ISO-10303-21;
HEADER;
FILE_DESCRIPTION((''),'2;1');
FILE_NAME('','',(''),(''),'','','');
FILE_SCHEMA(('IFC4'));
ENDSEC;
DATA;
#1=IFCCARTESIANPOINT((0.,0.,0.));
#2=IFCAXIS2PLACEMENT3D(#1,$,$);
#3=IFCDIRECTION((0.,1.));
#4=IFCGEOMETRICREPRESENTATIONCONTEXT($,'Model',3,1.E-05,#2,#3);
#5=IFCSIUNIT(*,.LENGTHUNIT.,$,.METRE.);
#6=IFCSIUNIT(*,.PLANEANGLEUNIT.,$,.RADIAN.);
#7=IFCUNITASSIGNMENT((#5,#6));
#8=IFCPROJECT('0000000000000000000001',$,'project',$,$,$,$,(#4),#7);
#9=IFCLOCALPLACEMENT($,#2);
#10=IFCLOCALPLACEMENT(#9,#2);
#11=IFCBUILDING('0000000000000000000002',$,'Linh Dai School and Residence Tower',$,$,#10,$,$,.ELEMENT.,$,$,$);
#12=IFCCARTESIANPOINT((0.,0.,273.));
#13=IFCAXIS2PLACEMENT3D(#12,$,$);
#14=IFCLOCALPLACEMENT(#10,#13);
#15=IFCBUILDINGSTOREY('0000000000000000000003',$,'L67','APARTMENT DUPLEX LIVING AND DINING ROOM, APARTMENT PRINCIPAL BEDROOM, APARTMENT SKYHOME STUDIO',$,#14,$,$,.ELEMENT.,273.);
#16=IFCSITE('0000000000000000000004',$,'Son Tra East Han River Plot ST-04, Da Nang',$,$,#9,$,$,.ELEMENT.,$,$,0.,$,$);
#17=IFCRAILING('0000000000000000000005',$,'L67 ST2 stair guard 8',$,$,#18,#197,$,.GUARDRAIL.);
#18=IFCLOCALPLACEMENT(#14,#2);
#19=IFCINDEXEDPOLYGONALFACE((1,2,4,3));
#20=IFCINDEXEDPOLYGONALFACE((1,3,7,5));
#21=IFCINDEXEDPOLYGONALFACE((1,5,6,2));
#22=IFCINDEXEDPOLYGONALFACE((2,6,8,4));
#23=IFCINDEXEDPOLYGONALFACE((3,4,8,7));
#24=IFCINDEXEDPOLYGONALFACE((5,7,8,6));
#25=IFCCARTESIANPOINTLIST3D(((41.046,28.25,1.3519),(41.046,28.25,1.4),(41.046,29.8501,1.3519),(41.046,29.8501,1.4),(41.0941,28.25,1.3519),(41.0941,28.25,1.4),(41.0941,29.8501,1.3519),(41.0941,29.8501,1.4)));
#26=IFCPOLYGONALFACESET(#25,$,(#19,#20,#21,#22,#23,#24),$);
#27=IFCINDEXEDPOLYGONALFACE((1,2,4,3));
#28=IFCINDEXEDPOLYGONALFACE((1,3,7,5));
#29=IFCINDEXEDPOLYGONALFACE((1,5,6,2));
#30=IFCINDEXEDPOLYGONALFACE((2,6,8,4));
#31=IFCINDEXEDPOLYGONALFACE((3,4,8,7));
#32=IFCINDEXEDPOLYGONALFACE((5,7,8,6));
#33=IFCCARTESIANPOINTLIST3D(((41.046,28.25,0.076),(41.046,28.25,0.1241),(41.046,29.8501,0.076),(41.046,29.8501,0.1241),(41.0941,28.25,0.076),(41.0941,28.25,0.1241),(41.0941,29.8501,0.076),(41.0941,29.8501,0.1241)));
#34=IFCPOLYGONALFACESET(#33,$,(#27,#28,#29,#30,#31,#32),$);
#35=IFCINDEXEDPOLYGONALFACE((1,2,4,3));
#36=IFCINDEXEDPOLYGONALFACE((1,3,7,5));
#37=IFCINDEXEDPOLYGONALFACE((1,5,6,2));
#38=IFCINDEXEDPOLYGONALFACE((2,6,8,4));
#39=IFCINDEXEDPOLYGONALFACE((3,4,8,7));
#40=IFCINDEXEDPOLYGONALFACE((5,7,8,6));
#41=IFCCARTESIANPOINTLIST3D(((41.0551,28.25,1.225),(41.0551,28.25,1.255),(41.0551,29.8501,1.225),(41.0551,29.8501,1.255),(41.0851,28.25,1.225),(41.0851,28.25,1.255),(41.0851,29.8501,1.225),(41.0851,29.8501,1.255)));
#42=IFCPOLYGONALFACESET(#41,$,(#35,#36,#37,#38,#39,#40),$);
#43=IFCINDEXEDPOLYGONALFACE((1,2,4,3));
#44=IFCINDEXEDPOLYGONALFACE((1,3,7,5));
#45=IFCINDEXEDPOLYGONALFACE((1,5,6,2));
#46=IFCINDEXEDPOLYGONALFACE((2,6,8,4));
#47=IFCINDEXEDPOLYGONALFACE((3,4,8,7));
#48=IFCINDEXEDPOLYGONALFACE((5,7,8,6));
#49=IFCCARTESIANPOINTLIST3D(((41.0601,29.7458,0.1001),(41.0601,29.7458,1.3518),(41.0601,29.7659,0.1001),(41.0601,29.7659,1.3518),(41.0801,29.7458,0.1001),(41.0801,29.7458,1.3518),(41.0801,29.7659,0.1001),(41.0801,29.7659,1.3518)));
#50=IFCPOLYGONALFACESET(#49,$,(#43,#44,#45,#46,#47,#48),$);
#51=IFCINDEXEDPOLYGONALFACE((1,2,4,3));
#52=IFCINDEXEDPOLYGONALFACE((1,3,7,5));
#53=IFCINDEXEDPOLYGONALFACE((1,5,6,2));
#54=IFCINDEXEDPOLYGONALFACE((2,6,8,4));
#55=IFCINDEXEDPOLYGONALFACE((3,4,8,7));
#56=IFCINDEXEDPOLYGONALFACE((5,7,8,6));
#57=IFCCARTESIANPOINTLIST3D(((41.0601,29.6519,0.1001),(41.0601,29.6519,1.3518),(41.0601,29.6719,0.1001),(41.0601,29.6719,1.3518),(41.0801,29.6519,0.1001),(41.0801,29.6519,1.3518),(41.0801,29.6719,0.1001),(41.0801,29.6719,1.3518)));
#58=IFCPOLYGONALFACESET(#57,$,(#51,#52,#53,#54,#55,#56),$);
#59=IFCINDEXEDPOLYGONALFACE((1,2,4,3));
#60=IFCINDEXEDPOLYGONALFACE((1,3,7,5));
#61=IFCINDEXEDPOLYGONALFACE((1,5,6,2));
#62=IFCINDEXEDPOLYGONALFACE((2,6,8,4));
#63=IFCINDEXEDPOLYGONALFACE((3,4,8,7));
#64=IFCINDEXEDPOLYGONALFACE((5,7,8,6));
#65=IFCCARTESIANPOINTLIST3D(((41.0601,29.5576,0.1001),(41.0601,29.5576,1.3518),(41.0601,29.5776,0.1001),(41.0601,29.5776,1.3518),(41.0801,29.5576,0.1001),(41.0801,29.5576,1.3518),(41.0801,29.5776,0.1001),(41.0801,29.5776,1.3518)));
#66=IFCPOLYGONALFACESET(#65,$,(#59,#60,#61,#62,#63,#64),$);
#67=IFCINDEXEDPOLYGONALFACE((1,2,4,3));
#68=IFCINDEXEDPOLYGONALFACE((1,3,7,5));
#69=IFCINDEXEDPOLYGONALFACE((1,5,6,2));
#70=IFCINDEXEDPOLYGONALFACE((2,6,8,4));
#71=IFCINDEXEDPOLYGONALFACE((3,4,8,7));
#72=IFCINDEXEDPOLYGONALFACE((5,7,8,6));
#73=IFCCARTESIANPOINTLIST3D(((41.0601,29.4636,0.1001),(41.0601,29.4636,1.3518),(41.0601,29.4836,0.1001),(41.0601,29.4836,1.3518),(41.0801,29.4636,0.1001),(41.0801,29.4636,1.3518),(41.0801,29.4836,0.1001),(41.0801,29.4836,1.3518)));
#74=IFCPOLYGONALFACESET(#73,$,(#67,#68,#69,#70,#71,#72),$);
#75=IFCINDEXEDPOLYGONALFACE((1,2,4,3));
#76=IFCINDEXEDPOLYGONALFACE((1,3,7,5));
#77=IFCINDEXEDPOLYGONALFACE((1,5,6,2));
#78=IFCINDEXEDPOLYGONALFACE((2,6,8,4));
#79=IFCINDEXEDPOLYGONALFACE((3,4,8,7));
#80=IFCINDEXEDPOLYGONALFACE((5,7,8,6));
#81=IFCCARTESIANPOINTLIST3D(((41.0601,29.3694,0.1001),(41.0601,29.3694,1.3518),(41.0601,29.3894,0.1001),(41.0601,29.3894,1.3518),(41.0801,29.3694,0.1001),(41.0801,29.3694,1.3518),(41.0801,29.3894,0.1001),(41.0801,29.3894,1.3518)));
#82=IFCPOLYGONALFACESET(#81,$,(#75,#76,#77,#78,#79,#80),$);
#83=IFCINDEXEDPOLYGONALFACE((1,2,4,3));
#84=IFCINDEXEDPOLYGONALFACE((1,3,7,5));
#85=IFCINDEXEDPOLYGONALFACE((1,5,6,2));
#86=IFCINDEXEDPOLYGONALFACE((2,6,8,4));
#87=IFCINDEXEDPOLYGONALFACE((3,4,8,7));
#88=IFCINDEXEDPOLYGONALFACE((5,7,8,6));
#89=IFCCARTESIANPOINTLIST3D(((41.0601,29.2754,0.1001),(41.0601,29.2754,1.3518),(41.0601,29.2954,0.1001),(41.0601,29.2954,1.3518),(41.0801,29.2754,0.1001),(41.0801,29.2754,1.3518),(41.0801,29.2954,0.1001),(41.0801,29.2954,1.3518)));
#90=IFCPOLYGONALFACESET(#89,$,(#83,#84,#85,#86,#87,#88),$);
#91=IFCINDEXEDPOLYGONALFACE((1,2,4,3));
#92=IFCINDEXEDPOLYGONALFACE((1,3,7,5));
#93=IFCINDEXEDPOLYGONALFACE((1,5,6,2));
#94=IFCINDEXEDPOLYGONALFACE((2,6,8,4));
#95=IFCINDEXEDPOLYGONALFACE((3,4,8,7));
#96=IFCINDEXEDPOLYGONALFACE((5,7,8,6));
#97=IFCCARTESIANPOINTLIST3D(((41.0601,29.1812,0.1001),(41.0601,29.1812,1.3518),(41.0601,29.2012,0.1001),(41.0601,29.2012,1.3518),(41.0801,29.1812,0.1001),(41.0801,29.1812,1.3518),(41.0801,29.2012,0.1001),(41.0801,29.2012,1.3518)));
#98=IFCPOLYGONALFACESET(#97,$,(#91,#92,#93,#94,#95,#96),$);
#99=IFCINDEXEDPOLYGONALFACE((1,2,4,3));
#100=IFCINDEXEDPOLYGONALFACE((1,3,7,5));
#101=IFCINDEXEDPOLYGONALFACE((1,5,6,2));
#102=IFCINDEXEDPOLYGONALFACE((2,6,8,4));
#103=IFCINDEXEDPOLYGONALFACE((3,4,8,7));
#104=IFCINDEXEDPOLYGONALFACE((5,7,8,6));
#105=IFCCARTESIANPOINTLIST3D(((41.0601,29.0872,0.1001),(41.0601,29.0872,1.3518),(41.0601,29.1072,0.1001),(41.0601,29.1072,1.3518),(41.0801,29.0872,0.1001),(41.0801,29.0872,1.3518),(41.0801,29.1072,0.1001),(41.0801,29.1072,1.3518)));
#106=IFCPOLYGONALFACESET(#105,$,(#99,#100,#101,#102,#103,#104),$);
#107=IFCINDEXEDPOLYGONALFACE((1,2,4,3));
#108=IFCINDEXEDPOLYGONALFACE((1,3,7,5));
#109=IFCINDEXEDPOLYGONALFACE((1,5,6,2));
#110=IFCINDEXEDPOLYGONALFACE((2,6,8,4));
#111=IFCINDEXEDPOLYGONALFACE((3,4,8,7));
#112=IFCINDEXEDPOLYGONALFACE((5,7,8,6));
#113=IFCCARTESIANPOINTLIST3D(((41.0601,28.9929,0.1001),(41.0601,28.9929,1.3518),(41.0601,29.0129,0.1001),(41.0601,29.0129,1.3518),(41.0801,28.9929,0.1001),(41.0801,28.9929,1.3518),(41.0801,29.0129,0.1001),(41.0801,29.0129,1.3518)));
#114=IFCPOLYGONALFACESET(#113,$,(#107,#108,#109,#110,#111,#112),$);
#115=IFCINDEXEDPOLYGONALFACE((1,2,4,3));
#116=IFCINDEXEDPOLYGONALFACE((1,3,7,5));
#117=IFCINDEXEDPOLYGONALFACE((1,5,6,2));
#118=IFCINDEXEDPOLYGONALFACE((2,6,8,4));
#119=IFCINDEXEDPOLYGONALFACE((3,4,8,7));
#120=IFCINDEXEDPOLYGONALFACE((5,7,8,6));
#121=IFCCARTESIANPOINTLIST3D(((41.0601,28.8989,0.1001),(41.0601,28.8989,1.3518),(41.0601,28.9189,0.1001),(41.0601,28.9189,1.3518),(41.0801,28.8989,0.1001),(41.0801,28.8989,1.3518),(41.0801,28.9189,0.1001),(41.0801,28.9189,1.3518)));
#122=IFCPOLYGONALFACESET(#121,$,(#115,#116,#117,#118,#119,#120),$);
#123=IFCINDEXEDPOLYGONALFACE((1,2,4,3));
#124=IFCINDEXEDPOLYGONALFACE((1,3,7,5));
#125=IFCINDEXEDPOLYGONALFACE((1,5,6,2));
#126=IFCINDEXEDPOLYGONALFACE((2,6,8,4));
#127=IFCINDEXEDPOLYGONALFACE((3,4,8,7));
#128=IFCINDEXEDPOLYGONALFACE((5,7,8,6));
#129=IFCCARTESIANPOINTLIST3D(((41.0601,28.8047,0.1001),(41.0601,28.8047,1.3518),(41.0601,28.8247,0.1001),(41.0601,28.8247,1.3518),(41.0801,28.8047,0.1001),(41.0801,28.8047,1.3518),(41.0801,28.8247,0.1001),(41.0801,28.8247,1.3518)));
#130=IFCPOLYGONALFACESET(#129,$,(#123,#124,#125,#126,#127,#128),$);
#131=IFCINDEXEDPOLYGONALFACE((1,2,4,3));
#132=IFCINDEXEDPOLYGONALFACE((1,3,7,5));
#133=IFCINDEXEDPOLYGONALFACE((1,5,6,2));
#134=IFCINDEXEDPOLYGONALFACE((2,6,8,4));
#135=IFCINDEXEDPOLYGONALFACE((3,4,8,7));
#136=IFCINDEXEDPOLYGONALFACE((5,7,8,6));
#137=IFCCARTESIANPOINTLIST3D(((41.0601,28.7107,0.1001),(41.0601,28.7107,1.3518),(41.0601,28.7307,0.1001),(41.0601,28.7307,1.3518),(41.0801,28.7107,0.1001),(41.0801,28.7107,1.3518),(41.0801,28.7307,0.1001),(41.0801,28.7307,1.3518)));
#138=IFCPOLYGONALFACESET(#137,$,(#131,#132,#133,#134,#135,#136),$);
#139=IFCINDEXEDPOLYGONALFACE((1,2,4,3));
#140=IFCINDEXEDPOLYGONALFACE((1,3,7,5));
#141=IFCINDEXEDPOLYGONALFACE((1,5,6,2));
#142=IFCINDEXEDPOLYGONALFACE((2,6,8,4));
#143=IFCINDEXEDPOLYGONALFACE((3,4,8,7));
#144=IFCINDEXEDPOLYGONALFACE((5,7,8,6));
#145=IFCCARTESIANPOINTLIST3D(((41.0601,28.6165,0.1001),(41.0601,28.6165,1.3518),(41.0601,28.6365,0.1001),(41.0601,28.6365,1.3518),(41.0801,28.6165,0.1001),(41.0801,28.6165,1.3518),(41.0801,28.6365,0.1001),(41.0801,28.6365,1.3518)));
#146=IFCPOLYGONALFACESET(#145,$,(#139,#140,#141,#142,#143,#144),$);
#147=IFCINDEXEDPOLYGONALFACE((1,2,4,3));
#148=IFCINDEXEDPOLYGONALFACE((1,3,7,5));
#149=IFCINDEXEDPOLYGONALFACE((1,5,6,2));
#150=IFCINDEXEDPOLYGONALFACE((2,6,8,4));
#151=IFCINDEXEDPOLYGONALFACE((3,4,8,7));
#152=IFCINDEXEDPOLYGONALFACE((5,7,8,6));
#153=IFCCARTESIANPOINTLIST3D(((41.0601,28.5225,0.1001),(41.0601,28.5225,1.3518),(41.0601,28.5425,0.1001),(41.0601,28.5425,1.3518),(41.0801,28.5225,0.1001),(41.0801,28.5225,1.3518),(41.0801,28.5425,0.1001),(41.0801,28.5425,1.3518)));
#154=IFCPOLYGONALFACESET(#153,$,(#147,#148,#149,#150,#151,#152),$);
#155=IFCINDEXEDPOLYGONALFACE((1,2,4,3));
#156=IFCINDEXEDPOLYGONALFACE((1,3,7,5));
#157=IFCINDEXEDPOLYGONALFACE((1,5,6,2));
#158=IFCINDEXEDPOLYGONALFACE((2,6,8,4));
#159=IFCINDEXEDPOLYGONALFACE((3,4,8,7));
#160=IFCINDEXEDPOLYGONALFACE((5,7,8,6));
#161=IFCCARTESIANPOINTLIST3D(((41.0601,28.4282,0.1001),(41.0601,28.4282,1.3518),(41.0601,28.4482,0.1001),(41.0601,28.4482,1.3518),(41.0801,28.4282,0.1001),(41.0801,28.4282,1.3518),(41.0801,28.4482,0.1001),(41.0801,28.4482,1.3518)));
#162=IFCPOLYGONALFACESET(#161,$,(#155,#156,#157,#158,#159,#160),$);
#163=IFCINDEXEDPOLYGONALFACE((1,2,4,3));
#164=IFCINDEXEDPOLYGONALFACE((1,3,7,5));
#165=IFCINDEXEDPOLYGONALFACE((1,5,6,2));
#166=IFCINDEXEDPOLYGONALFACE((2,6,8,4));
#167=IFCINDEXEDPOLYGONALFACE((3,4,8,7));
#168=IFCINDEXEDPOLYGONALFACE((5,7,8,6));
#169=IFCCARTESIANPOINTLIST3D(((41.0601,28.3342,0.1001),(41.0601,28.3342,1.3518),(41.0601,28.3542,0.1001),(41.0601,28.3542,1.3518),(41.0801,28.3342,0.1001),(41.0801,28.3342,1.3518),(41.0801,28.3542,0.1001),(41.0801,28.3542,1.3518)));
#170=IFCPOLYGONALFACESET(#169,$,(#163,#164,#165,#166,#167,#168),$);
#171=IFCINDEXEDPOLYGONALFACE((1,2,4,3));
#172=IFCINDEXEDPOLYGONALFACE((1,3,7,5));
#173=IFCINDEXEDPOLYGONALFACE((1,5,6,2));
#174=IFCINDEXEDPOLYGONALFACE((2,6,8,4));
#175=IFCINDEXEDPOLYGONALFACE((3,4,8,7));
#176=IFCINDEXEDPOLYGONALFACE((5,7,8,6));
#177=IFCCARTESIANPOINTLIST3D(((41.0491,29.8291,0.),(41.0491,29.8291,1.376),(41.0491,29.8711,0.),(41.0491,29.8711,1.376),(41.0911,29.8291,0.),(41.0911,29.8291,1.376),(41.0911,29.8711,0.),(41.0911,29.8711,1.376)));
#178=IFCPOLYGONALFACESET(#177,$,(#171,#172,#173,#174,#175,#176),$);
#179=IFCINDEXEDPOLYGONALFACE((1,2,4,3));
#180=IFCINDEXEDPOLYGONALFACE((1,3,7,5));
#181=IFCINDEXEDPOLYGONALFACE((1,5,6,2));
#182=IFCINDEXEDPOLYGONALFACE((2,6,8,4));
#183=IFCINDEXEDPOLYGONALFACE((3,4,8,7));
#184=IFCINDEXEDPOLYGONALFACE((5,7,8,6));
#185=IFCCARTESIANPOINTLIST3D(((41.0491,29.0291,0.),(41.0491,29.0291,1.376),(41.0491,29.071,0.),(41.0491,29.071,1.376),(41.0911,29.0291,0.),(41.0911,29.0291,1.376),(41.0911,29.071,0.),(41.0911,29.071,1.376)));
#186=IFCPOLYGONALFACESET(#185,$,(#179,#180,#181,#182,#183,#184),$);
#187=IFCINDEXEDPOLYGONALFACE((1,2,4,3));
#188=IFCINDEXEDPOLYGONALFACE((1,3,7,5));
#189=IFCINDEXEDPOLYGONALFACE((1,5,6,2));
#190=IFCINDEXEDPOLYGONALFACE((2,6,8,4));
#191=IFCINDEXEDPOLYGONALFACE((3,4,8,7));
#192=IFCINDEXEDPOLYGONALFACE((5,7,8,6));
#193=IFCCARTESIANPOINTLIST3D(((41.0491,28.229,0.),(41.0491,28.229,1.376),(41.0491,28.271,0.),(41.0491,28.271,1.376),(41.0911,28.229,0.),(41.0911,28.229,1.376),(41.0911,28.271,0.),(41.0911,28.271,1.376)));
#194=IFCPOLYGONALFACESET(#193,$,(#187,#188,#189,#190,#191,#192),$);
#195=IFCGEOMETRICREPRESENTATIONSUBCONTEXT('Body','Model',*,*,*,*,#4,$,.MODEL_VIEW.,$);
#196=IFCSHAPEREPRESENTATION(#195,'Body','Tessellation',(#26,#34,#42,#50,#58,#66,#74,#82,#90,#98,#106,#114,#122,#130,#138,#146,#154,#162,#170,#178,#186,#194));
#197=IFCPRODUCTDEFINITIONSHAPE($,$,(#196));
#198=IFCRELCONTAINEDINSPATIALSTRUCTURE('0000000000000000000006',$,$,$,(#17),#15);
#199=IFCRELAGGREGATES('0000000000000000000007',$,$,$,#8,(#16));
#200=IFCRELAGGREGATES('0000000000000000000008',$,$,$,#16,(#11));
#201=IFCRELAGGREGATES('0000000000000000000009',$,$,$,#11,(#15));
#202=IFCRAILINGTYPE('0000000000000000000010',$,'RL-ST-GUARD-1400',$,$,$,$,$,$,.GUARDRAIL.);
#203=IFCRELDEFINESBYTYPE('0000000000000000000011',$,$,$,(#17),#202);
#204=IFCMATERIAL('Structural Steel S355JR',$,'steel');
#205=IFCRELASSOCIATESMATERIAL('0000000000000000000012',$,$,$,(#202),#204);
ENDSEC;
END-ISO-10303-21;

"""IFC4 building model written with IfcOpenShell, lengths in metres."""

from ifc_helpers import new_model, si_unit, direction, frame, origin, origin_2d, place, context, subcontext, project, spatial, rectangle, extrude, source, transform, mapped, material, type_object, element, save


model = new_model("IFC4")

# Units and contexts
model_context = context("Model", 3, precision=1e-05, world=origin(), true_north=direction((0.0, 1.0)))
body_context = subcontext(model_context, "Body", "Model", "MODEL_VIEW")
ifc_project = project(units=[si_unit("LENGTHUNIT", "METRE"), si_unit("PLANEANGLEUNIT", "RADIAN")], contexts=[model_context])

# Site, building, storey
site_placement = place(None, origin())
site = spatial("IfcSite", under=ifc_project, at=site_placement, Name="Son Tra East Han River Plot ST-04, Da Nang", CompositionType="ELEMENT", RefElevation=0.0)
building_placement = place(site_placement, origin())
building = spatial("IfcBuilding", under=site, at=building_placement, Name="Linh Dai School and Residence Tower", CompositionType="ELEMENT")
storey_placement = place(building_placement, frame((0.0, 0.0, 273.0)))
storey = spatial("IfcBuildingStorey", under=building, at=storey_placement, Name="L67", Description="APARTMENT DUPLEX LIVING AND DINING ROOM, APARTMENT PRINCIPAL BEDROOM, APARTMENT SKYHOME STUDIO", CompositionType="ELEMENT", Elevation=273.0)

# Shared definitions
ifc_material_1 = material(Name="Structural Steel S355JR", Category="steel")

# Railing
railing_type_1 = type_object("IfcRailingType", Name="RL-ST-GUARD-1400", PredefinedType="GUARDRAIL", material=ifc_material_1)
shared_shape_1 = source(origin(), body_context, "Body", "SweptSolid", [
    extrude(rectangle(XDim=0.0481, YDim=0.0481, at=origin_2d()), frame((0.0, 0.0, 1.376), z_axis=(0.0, -1.0, 0.0), x_axis=(1.0, 0.0, 0.0)), (0.0, 0.0, 1.0), 1.6001),
    extrude(rectangle(XDim=0.0481, YDim=0.0481, at=origin_2d()), frame((0.0, 0.0, 0.1001), z_axis=(0.0, -1.0, 0.0), x_axis=(1.0, 0.0, 0.0)), (0.0, 0.0, 1.0), 1.6001),
    extrude(rectangle(XDim=0.03, YDim=0.03, at=origin_2d()), frame((0.0, 0.0, 1.24), z_axis=(0.0, -1.0, 0.0), x_axis=(1.0, 0.0, 0.0)), (0.0, 0.0, 1.0), 1.6001),
    extrude(rectangle(XDim=0.02, YDim=0.02, at=origin_2d()), frame((0.0, -0.0942, 0.1001)), (0.0, 0.0, 1.0), 1.2517),
    extrude(rectangle(XDim=0.02, YDim=0.02, at=origin_2d()), frame((0.0, -0.1882, 0.1001)), (0.0, 0.0, 1.0), 1.2517),
    extrude(rectangle(XDim=0.02, YDim=0.02, at=origin_2d()), frame((0.0, -0.2825, 0.1001)), (0.0, 0.0, 1.0), 1.2517),
    extrude(rectangle(XDim=0.02, YDim=0.02, at=origin_2d()), frame((0.0, -0.3765, 0.1001)), (0.0, 0.0, 1.0), 1.2517),
    extrude(rectangle(XDim=0.02, YDim=0.02, at=origin_2d()), frame((0.0, -0.4707, 0.1001)), (0.0, 0.0, 1.0), 1.2517),
    extrude(rectangle(XDim=0.02, YDim=0.02, at=origin_2d()), frame((0.0, -0.5647, 0.1001)), (0.0, 0.0, 1.0), 1.2517),
    extrude(rectangle(XDim=0.02, YDim=0.02, at=origin_2d()), frame((0.0, -0.6589, 0.1001)), (0.0, 0.0, 1.0), 1.2517),
    extrude(rectangle(XDim=0.02, YDim=0.02, at=origin_2d()), frame((0.0, -0.7529, 0.1001)), (0.0, 0.0, 1.0), 1.2517),
    extrude(rectangle(XDim=0.02, YDim=0.02, at=origin_2d()), frame((0.0, -0.8472, 0.1001)), (0.0, 0.0, 1.0), 1.2517),
    extrude(rectangle(XDim=0.02, YDim=0.02, at=origin_2d()), frame((0.0, -0.9412, 0.1001)), (0.0, 0.0, 1.0), 1.2517),
    extrude(rectangle(XDim=0.02, YDim=0.02, at=origin_2d()), frame((0.0, -1.0354, 0.1001)), (0.0, 0.0, 1.0), 1.2517),
    extrude(rectangle(XDim=0.02, YDim=0.02, at=origin_2d()), frame((0.0, -1.1294, 0.1001)), (0.0, 0.0, 1.0), 1.2517),
    extrude(rectangle(XDim=0.02, YDim=0.02, at=origin_2d()), frame((0.0, -1.2236, 0.1001)), (0.0, 0.0, 1.0), 1.2517),
    extrude(rectangle(XDim=0.02, YDim=0.02, at=origin_2d()), frame((0.0, -1.3176, 0.1001)), (0.0, 0.0, 1.0), 1.2517),
    extrude(rectangle(XDim=0.02, YDim=0.02, at=origin_2d()), frame((0.0, -1.4119, 0.1001)), (0.0, 0.0, 1.0), 1.2517),
    extrude(rectangle(XDim=0.02, YDim=0.02, at=origin_2d()), frame((0.0, -1.5059, 0.1001)), (0.0, 0.0, 1.0), 1.2517),
    extrude(rectangle(XDim=0.042, YDim=0.042, at=origin_2d()), origin(), (0.0, 0.0, 1.0), 1.376),
    extrude(rectangle(XDim=0.042, YDim=0.042, at=origin_2d()), frame((0.0, -0.8, 0.0)), (0.0, 0.0, 1.0), 1.376),
    extrude(rectangle(XDim=0.042, YDim=0.042, at=origin_2d()), frame((0.0, -1.6001, 0.0)), (0.0, 0.0, 1.0), 1.376),
])
for number, where, name in (
    (1, (41.0701, 29.8501, 0.0), "L67 ST2 stair guard 8"),
):
    element("IfcRailing", number, at=place(storey_placement, frame(where)), inside=storey, type_object=railing_type_1, Name=name, PredefinedType="GUARDRAIL", context=body_context, shape_type="MappedRepresentation", body=[
        mapped(shared_shape_1, transform((0.0, 0.0, 0.0), x_axis=(1.0, 0.0, 0.0), y_axis=(0.0, 1.0, 0.0), z_axis=(0.0, 0.0, 1.0), scale=1.0)),
    ])

save(model, "model.ifc")
